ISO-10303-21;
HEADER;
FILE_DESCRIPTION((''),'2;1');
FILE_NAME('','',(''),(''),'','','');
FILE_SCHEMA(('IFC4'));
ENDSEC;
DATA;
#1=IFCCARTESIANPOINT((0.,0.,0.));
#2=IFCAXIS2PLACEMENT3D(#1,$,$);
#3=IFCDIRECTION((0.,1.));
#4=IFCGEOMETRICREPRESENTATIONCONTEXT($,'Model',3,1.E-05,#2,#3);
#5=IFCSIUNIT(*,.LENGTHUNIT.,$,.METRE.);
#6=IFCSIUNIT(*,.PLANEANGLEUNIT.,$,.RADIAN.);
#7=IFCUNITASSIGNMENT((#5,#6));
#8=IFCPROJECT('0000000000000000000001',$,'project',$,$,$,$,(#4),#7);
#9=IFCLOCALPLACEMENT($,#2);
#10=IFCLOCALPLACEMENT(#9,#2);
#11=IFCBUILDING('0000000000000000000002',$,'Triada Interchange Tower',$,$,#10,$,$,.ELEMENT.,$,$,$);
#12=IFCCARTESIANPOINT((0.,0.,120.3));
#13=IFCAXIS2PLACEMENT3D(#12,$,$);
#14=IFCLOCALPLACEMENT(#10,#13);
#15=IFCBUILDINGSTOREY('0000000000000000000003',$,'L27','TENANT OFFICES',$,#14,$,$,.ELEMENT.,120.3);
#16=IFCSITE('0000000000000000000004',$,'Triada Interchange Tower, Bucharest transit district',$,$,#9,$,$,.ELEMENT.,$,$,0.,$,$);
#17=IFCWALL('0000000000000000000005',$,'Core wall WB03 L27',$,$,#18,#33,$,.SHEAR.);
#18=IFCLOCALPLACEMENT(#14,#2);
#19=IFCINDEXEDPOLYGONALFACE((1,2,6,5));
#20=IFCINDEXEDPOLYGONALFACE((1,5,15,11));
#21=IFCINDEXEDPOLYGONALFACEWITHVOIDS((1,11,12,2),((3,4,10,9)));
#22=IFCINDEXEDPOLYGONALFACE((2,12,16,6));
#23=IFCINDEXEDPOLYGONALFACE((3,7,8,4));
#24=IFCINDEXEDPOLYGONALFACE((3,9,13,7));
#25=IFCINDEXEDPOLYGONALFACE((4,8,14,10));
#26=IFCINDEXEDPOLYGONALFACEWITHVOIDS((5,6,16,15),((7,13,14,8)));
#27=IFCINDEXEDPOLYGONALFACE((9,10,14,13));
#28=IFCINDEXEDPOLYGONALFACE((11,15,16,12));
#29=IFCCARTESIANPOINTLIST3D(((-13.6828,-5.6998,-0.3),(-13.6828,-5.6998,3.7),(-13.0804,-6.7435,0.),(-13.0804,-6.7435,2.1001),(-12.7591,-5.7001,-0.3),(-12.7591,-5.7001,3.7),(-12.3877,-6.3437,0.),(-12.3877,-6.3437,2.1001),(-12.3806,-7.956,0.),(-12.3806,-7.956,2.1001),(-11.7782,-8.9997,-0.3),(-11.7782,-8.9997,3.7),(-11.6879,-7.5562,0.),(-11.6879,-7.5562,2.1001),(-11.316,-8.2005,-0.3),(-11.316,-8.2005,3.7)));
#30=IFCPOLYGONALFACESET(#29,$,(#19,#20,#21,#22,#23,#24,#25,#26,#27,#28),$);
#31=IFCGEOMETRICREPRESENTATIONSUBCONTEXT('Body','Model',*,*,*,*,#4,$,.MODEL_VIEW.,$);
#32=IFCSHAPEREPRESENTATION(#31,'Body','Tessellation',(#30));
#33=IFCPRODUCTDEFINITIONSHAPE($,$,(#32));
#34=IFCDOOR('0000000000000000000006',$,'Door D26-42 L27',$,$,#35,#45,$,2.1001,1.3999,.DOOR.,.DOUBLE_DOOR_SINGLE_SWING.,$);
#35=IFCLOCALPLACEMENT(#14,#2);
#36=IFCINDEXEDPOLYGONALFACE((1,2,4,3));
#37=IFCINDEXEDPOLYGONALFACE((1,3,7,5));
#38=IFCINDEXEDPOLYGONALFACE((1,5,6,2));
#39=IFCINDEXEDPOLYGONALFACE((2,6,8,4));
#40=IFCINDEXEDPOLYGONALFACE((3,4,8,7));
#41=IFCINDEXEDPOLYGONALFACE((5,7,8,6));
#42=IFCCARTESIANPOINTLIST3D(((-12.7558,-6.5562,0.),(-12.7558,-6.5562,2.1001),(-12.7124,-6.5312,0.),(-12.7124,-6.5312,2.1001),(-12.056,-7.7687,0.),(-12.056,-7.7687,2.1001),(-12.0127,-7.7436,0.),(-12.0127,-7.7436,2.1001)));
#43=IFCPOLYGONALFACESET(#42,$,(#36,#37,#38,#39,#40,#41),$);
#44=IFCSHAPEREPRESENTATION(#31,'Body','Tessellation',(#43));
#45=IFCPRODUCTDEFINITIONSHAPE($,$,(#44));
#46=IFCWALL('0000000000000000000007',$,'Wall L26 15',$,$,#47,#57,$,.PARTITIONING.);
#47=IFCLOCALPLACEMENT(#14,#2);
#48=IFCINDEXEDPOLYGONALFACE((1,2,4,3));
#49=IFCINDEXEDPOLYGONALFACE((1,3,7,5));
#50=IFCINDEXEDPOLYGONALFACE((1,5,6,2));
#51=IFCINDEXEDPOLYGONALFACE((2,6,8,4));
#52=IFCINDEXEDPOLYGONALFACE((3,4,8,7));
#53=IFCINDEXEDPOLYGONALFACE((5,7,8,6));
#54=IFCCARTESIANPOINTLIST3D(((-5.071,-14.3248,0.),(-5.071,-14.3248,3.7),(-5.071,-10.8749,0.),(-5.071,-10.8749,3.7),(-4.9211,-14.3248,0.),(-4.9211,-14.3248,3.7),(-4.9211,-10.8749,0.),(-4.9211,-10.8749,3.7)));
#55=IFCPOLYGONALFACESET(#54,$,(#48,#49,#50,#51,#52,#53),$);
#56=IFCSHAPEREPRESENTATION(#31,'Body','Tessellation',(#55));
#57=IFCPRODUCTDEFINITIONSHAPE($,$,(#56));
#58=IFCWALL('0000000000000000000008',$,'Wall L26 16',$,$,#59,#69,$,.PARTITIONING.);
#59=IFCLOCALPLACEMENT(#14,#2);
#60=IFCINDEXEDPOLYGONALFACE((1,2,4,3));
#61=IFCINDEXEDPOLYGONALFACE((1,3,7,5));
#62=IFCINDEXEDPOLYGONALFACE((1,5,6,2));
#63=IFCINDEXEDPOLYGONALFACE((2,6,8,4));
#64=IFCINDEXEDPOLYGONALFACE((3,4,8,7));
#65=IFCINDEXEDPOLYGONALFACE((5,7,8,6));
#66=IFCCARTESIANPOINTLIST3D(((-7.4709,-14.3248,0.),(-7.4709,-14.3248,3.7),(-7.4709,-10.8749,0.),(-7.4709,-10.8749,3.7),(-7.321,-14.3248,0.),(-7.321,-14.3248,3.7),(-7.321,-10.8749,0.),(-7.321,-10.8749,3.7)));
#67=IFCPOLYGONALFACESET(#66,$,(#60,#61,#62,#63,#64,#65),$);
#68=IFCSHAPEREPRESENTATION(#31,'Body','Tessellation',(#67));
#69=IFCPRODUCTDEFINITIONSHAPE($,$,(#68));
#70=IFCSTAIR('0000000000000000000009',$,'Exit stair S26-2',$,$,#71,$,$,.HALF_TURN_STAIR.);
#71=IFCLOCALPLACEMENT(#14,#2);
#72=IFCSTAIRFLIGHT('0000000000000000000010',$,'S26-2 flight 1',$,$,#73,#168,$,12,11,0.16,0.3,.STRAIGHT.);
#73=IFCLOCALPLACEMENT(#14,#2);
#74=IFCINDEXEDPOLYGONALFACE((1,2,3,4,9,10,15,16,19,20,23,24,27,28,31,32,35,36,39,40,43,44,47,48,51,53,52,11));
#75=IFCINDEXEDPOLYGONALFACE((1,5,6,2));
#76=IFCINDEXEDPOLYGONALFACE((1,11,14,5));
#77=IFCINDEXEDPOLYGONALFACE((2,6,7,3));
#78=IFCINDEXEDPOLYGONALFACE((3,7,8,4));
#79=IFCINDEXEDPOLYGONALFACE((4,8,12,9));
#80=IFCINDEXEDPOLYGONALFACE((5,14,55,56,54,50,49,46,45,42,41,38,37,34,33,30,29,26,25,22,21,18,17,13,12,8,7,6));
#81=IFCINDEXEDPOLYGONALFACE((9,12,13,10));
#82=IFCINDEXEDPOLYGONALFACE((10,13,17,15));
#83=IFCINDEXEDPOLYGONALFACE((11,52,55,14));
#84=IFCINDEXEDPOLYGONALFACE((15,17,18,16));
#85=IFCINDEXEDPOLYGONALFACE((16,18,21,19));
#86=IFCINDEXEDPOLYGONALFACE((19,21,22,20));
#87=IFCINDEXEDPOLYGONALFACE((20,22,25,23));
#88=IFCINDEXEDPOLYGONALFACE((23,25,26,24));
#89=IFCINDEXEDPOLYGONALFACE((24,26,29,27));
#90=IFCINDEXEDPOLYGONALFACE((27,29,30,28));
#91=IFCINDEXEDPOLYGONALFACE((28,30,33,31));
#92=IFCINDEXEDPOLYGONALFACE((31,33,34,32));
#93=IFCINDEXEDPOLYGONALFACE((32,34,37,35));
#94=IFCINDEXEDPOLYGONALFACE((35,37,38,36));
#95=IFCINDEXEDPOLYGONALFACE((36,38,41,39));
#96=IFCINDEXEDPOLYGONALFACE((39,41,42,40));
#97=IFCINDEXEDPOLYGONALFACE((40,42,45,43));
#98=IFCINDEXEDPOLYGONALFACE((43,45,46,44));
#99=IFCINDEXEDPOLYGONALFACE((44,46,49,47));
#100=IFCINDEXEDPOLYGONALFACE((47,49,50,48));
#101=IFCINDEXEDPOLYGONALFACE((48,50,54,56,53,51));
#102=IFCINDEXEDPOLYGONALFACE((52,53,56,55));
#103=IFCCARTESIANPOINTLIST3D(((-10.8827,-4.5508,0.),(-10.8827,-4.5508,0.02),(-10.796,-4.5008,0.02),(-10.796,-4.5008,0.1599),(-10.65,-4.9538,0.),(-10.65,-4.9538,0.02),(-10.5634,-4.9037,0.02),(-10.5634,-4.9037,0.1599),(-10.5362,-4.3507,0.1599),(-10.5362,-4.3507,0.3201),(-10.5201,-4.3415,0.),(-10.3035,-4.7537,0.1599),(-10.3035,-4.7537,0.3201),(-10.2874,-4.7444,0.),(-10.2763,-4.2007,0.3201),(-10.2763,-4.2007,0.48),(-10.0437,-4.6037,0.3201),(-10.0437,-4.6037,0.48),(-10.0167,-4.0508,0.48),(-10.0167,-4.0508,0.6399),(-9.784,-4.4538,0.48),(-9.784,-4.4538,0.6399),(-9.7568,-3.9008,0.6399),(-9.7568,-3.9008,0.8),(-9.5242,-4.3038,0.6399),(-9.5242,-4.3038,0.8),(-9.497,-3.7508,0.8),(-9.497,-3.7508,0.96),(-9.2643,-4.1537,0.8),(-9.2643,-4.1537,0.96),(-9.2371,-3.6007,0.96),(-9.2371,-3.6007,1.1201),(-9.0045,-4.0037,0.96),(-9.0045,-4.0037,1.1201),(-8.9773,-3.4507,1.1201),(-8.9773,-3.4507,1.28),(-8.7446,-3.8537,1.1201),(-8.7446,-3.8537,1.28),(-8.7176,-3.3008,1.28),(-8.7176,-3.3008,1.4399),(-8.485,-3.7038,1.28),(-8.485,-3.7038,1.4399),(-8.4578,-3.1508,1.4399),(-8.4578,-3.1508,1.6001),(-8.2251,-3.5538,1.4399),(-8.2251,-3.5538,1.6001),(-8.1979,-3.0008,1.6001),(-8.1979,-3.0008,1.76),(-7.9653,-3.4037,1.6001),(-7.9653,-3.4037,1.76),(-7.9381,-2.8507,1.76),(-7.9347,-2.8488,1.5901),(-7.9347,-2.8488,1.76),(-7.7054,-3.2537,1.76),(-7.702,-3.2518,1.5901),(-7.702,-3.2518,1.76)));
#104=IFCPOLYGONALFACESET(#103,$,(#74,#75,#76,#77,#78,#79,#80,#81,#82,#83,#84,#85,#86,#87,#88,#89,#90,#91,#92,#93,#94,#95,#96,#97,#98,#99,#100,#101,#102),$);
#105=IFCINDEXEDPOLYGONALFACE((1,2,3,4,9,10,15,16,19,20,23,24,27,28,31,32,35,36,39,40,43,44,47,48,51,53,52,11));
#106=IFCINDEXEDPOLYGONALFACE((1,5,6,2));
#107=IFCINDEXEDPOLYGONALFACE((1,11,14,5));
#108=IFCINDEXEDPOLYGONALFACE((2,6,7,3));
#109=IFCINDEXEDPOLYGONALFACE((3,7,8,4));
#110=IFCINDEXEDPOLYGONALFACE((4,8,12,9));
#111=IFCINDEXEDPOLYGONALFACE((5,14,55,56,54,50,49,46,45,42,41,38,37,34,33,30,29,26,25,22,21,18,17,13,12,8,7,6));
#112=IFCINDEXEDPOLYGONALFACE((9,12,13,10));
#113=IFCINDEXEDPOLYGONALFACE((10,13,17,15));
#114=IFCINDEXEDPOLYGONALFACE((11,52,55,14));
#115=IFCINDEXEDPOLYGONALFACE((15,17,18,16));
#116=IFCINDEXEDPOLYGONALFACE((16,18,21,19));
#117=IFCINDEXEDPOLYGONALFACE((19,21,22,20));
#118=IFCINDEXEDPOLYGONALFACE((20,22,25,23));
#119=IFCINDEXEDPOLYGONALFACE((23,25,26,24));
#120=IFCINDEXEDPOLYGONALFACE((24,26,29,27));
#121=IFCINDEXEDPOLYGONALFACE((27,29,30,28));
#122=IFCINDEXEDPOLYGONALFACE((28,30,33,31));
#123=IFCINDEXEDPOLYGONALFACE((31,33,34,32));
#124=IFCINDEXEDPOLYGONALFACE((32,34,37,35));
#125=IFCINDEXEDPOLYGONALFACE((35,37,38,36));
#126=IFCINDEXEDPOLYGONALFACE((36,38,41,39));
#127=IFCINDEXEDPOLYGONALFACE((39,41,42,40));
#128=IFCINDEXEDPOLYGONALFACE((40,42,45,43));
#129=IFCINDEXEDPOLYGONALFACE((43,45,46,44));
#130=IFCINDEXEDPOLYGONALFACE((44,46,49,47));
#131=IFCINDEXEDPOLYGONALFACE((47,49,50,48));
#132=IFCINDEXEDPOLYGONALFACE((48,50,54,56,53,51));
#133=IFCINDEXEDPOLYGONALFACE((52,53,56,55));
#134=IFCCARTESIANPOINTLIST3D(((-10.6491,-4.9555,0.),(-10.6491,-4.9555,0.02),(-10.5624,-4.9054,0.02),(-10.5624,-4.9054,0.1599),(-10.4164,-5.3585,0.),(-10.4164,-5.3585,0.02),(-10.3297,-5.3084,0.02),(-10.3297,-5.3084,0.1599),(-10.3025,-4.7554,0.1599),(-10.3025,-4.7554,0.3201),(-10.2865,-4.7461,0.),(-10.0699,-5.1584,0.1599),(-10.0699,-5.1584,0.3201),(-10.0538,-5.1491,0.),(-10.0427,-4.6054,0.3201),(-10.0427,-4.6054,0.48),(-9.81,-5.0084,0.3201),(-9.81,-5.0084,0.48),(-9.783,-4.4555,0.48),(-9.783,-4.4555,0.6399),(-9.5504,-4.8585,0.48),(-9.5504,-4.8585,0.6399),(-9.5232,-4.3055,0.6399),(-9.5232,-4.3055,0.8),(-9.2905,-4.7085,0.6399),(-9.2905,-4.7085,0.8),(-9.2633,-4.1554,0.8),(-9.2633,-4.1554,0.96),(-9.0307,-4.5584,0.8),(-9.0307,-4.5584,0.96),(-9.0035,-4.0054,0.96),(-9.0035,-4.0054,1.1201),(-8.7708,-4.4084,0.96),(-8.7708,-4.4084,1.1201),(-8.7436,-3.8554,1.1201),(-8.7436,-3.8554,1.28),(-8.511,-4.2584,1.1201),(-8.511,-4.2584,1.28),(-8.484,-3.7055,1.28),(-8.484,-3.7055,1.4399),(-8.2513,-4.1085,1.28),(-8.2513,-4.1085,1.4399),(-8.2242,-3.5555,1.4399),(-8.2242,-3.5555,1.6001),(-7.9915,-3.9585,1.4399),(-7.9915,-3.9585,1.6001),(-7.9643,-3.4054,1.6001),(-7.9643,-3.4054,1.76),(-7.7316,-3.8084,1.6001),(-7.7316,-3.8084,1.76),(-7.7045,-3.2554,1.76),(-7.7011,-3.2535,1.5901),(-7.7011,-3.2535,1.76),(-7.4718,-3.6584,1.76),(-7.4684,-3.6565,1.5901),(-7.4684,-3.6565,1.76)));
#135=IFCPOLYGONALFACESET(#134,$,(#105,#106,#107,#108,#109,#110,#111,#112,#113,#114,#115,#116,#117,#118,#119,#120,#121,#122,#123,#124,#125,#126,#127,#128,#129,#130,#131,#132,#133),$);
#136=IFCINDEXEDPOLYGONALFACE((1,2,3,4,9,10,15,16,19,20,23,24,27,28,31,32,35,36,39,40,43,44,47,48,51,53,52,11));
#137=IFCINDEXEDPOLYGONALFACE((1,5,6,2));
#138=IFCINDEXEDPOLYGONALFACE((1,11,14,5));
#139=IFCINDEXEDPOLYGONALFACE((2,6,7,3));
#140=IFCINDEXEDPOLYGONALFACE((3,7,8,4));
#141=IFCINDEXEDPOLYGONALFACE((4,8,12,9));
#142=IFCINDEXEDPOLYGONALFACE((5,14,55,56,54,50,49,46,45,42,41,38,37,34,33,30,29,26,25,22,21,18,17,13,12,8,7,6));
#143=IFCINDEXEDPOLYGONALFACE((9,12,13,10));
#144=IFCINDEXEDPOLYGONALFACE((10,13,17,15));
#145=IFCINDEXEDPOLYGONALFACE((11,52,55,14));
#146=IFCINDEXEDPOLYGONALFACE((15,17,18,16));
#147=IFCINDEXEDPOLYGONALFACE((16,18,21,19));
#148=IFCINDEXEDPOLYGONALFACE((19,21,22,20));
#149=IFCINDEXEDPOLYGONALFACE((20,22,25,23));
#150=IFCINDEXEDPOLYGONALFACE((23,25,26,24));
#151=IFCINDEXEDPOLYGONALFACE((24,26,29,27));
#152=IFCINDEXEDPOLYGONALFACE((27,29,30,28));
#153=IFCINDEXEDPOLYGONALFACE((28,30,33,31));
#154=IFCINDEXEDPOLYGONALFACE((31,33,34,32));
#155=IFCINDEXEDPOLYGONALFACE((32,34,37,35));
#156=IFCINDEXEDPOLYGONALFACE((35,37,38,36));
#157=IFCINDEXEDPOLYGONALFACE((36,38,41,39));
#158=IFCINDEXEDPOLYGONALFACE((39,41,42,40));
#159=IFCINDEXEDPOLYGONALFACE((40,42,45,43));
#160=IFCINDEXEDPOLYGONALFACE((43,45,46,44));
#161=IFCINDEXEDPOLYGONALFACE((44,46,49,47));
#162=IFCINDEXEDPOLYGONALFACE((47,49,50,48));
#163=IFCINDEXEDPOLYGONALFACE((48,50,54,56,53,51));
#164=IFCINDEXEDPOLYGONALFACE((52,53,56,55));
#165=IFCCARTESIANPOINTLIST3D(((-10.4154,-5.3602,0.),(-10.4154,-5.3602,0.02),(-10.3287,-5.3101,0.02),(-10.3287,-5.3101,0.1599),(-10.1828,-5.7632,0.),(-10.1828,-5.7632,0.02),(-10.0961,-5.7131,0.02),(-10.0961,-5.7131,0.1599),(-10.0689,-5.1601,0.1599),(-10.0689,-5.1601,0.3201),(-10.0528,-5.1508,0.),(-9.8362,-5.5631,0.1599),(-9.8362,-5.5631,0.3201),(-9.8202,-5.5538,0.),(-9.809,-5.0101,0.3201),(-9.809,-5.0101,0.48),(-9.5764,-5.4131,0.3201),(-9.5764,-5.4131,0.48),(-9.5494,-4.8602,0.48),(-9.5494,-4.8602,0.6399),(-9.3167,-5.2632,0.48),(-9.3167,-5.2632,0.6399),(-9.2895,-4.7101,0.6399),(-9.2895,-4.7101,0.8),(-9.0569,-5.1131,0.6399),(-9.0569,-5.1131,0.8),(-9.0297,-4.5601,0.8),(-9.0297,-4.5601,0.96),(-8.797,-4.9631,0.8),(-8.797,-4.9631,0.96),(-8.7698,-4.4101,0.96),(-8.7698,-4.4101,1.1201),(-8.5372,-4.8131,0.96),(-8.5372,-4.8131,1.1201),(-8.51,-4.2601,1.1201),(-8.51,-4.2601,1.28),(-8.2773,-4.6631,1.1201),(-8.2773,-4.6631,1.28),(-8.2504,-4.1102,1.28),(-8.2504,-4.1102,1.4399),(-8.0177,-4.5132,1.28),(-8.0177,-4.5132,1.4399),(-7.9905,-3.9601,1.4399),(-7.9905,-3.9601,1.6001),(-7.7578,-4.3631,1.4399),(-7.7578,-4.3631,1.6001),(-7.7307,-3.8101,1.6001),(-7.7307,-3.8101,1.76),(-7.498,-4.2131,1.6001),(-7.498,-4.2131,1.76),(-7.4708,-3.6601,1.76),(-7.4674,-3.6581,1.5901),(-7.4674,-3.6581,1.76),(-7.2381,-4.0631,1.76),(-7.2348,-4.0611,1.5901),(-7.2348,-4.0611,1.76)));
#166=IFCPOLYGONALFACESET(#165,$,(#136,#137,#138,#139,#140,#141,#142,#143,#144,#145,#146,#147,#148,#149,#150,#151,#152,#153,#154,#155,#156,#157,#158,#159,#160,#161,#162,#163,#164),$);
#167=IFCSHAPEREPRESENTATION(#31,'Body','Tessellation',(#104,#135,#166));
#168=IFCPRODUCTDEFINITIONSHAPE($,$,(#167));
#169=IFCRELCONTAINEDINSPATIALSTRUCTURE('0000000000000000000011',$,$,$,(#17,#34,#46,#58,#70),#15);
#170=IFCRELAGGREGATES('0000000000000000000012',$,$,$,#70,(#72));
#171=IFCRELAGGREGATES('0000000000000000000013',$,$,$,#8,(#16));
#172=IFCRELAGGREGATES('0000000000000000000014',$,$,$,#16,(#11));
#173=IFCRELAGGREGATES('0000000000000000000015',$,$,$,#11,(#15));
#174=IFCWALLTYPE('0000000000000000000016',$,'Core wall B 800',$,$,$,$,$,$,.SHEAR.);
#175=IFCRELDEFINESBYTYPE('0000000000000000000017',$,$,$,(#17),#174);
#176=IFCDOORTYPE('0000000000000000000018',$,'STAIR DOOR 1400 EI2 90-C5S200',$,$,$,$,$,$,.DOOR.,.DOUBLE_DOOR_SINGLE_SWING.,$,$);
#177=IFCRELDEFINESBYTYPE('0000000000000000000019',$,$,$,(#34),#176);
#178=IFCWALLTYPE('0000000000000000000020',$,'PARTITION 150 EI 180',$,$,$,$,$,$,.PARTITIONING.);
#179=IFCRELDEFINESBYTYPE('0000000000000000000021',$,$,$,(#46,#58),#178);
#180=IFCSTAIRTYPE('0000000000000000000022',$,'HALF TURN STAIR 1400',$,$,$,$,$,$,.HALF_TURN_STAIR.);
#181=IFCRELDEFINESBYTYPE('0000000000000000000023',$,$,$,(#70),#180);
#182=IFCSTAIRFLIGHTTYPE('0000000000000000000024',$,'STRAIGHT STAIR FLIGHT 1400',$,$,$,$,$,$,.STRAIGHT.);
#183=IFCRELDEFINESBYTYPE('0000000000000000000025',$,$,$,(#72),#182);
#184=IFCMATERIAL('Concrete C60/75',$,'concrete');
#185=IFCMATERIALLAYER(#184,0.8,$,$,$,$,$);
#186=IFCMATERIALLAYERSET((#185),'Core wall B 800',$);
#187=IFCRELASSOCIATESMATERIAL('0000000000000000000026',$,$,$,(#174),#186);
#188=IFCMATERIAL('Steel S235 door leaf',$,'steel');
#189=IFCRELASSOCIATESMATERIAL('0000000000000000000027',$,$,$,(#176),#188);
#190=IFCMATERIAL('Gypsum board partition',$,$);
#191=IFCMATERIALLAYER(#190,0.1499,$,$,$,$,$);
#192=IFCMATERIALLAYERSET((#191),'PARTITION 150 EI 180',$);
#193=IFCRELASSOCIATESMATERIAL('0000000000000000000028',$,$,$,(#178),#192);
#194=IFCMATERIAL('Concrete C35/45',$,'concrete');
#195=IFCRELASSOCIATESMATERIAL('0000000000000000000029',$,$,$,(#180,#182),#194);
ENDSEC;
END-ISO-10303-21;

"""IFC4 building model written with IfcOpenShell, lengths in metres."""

from ifc_helpers import new_model, si_unit, direction, frame, frame_2d, origin, place, context, subcontext, project, spatial, polyline, rectangle, outline, extrude, material, layer, layer_set, type_object, element, fill, aggregate, save


model = new_model("IFC4")

# Units and contexts
model_context = context("Model", 3, precision=1e-05, world=origin(), true_north=direction((0.0, 1.0)))
body_context = subcontext(model_context, "Body", "Model", "MODEL_VIEW")
ifc_project = project(units=[si_unit("LENGTHUNIT", "METRE"), si_unit("PLANEANGLEUNIT", "RADIAN")], contexts=[model_context])

# Site, building, storey
site_placement = place(None, origin())
site = spatial("IfcSite", under=ifc_project, at=site_placement, Name="Triada Interchange Tower, Bucharest transit district", CompositionType="ELEMENT", RefElevation=0.0)
building_placement = place(site_placement, origin())
building = spatial("IfcBuilding", under=site, at=building_placement, Name="Triada Interchange Tower", CompositionType="ELEMENT")
storey_placement = place(building_placement, frame((0.0, 0.0, 120.3)))
storey = spatial("IfcBuildingStorey", under=building, at=storey_placement, Name="L27", Description="TENANT OFFICES", CompositionType="ELEMENT", Elevation=120.3)

# Shared definitions
ifc_material_1 = material(Name="Steel S235 door leaf", Category="steel")

# Wall, opening, door
ifc_material_2 = material(Name="Concrete C60/75", Category="concrete")
ifc_layer_1 = layer(ifc_material_2, 0.8)
ifc_layer_set_1 = layer_set([ifc_layer_1], Name="Core wall B 800")
wall_type_1 = type_object("IfcWallType", Name="Core wall B 800", PredefinedType="SHEAR", material=ifc_layer_set_1)
wall_1_placement = place(storey_placement, frame((-13.2209, -5.7, -0.3), z_axis=(0.0, 0.0, 1.0), x_axis=(0.499872, -0.866099, 0.0)))
wall_1 = element("IfcWall", 1, at=wall_1_placement, inside=storey, type_object=wall_type_1, Name="Core wall WB03 L27", PredefinedType="SHEAR", context=body_context, shape_type="SweptSolid", body=[
    extrude(outline(polyline([(-0.231, -0.3999), (1.6741, -0.3999), (3.5791, -0.3999), (3.1179, 0.3999), (1.6743, 0.3999), (0.231, 0.3999), (-0.231, -0.3999)])), origin(), (0.0, 0.0, 1.0), 4.0),
])
opening_1_placement = place(wall_1_placement, frame((0.9741, 0.0, 0.3)))
opening_1 = element("IfcOpeningElement", 2, at=opening_1_placement, cuts=wall_1, PredefinedType="OPENING", context=body_context, shape_type="SweptSolid", body=[
    extrude(rectangle(XDim=1.3999, YDim=2.1001, at=frame_2d((0.7, 1.05))), frame((0.0, 0.4099, 0.0), z_axis=(0.0, -1.0, 0.0), x_axis=(1.0, 0.0, 0.0)), (0.0, 0.0, 1.0), 0.8201),
])
door_type_1 = type_object("IfcDoorType", Name="STAIR DOOR 1400 EI2 90-C5S200", OperationType="DOUBLE_DOOR_SINGLE_SWING", PredefinedType="DOOR", material=ifc_material_1)
door_1_placement = place(opening_1_placement, origin())
door_1 = element("IfcDoor", 3, at=door_1_placement, inside=storey, type_object=door_type_1, Name="Door D26-42 L27", OperationType="DOUBLE_DOOR_SINGLE_SWING", OverallHeight=2.1001, OverallWidth=1.3999, PredefinedType="DOOR", context=body_context, shape_type="SweptSolid", body=[
    extrude(rectangle(XDim=1.3999, YDim=2.1001, at=frame_2d((0.7, 1.05))), frame((0.0, 0.0249, 0.0), z_axis=(0.0, -1.0, 0.0), x_axis=(1.0, 0.0, 0.0)), (0.0, 0.0, 1.0), 0.05),
])
fill(opening_1, door_1)

# Walls
ifc_material_3 = material(Name="Gypsum board partition")
ifc_layer_2 = layer(ifc_material_3, 0.1499)
ifc_layer_set_2 = layer_set([ifc_layer_2], Name="PARTITION 150 EI 180")
wall_type_2 = type_object("IfcWallType", Name="PARTITION 150 EI 180", PredefinedType="PARTITIONING", material=ifc_layer_set_2)
for number, where, z_axis, x_axis, name in (
    (4, (-4.9961, -14.325, 0.0), (0.0, 0.0, 1.0), (0.0, 1.0, 0.0), "Wall L26 15"),
    (5, (-7.396, -14.325, 0.0), (0.0, 0.0, 1.0), (0.0, 1.0, 0.0), "Wall L26 16"),
):
    element("IfcWall", number, at=place(storey_placement, frame(where, z_axis=z_axis, x_axis=x_axis)), inside=storey, type_object=wall_type_2, Name=name, PredefinedType="PARTITIONING", context=body_context, shape_type="SweptSolid", body=[
        extrude(rectangle(XDim=3.45, YDim=0.1499, at=frame_2d((1.7251, 0.0))), origin(), (0.0, 0.0, 1.0), 3.7),
    ])

# Stair, stair flight
ifc_material_4 = material(Name="Concrete C35/45", Category="concrete")
stair_type = type_object("IfcStairType", Name="HALF TURN STAIR 1400", PredefinedType="HALF_TURN_STAIR", material=ifc_material_4)
stair_placement = place(storey_placement, origin())
stair = element("IfcStair", 6, at=stair_placement, inside=storey, type_object=stair_type, Name="Exit stair S26-2", PredefinedType="HALF_TURN_STAIR")
stair_flight_type = type_object("IfcStairFlightType", Name="STRAIGHT STAIR FLIGHT 1400", PredefinedType="STRAIGHT", material=ifc_material_4)
stair_flight_1_placement = place(storey_placement, frame((-10.446, -5.1069, 0.0), z_axis=(0.0, 0.0, 1.0), x_axis=(0.866025, 0.5, 0.0)))
stair_flight_1 = element("IfcStairFlight", 7, at=stair_flight_1_placement, type_object=stair_flight_type, Name="S26-2 flight 1", NumberOfRisers=12, NumberOfTreads=11, PredefinedType="STRAIGHT", RiserHeight=0.16, TreadLength=0.3, context=body_context, shape_type="SweptSolid", body=[
    extrude(outline(polyline([(-0.1001, 0.0), (-0.1001, 0.02), (0.0, 0.02), (0.0, 0.1599), (0.3, 0.1599), (0.3, 0.3201), (0.6001, 0.3201), (0.6001, 0.48), (0.8999, 0.48), (0.8999, 0.6399), (1.2, 0.6399), (1.2, 0.8), (1.5, 0.8), (1.5, 0.96), (1.8, 0.96), (1.8, 1.1201), (2.1001, 1.1201), (2.1001, 1.28), (2.3999, 1.28), (2.3999, 1.4399), (2.7, 1.4399), (2.7, 1.6001), (3.0, 1.6001), (3.0, 1.76), (3.3, 1.76), (3.304, 1.76), (3.304, 1.9199), (3.304, 1.5901), (0.3186, 0.0), (-0.1001, 0.0)])), frame((0.0, 0.7, 0.0), z_axis=(0.0, -1.0, 0.0), x_axis=(1.0, 0.0, 0.0)), (0.0, 0.0, 1.0), 0.4653),
    extrude(outline(polyline([(-0.1001, 0.0), (-0.1001, 0.02), (0.0, 0.02), (0.0, 0.1599), (0.3, 0.1599), (0.3, 0.3201), (0.6001, 0.3201), (0.6001, 0.48), (0.8999, 0.48), (0.8999, 0.6399), (1.2, 0.6399), (1.2, 0.8), (1.5, 0.8), (1.5, 0.96), (1.8, 0.96), (1.8, 1.1201), (2.1001, 1.1201), (2.1001, 1.28), (2.3999, 1.28), (2.3999, 1.4399), (2.7, 1.4399), (2.7, 1.6001), (3.0, 1.6001), (3.0, 1.76), (3.3, 1.76), (3.304, 1.76), (3.304, 1.9199), (3.304, 1.5901), (0.3186, 0.0), (-0.1001, 0.0)])), frame((0.0, 0.2327, 0.0), z_axis=(0.0, -1.0, 0.0), x_axis=(1.0, 0.0, 0.0)), (0.0, 0.0, 1.0), 0.4653),
    extrude(outline(polyline([(-0.1001, 0.0), (-0.1001, 0.02), (0.0, 0.02), (0.0, 0.1599), (0.3, 0.1599), (0.3, 0.3201), (0.6001, 0.3201), (0.6001, 0.48), (0.8999, 0.48), (0.8999, 0.6399), (1.2, 0.6399), (1.2, 0.8), (1.5, 0.8), (1.5, 0.96), (1.8, 0.96), (1.8, 1.1201), (2.1001, 1.1201), (2.1001, 1.28), (2.3999, 1.28), (2.3999, 1.4399), (2.7, 1.4399), (2.7, 1.6001), (3.0, 1.6001), (3.0, 1.76), (3.3, 1.76), (3.304, 1.76), (3.304, 1.9199), (3.304, 1.5901), (0.3186, 0.0), (-0.1001, 0.0)])), frame((0.0, -0.2346, 0.0), z_axis=(0.0, -1.0, 0.0), x_axis=(1.0, 0.0, 0.0)), (0.0, 0.0, 1.0), 0.4653),
])
aggregate(stair, [stair_flight_1])

save(model, "model.ifc")
